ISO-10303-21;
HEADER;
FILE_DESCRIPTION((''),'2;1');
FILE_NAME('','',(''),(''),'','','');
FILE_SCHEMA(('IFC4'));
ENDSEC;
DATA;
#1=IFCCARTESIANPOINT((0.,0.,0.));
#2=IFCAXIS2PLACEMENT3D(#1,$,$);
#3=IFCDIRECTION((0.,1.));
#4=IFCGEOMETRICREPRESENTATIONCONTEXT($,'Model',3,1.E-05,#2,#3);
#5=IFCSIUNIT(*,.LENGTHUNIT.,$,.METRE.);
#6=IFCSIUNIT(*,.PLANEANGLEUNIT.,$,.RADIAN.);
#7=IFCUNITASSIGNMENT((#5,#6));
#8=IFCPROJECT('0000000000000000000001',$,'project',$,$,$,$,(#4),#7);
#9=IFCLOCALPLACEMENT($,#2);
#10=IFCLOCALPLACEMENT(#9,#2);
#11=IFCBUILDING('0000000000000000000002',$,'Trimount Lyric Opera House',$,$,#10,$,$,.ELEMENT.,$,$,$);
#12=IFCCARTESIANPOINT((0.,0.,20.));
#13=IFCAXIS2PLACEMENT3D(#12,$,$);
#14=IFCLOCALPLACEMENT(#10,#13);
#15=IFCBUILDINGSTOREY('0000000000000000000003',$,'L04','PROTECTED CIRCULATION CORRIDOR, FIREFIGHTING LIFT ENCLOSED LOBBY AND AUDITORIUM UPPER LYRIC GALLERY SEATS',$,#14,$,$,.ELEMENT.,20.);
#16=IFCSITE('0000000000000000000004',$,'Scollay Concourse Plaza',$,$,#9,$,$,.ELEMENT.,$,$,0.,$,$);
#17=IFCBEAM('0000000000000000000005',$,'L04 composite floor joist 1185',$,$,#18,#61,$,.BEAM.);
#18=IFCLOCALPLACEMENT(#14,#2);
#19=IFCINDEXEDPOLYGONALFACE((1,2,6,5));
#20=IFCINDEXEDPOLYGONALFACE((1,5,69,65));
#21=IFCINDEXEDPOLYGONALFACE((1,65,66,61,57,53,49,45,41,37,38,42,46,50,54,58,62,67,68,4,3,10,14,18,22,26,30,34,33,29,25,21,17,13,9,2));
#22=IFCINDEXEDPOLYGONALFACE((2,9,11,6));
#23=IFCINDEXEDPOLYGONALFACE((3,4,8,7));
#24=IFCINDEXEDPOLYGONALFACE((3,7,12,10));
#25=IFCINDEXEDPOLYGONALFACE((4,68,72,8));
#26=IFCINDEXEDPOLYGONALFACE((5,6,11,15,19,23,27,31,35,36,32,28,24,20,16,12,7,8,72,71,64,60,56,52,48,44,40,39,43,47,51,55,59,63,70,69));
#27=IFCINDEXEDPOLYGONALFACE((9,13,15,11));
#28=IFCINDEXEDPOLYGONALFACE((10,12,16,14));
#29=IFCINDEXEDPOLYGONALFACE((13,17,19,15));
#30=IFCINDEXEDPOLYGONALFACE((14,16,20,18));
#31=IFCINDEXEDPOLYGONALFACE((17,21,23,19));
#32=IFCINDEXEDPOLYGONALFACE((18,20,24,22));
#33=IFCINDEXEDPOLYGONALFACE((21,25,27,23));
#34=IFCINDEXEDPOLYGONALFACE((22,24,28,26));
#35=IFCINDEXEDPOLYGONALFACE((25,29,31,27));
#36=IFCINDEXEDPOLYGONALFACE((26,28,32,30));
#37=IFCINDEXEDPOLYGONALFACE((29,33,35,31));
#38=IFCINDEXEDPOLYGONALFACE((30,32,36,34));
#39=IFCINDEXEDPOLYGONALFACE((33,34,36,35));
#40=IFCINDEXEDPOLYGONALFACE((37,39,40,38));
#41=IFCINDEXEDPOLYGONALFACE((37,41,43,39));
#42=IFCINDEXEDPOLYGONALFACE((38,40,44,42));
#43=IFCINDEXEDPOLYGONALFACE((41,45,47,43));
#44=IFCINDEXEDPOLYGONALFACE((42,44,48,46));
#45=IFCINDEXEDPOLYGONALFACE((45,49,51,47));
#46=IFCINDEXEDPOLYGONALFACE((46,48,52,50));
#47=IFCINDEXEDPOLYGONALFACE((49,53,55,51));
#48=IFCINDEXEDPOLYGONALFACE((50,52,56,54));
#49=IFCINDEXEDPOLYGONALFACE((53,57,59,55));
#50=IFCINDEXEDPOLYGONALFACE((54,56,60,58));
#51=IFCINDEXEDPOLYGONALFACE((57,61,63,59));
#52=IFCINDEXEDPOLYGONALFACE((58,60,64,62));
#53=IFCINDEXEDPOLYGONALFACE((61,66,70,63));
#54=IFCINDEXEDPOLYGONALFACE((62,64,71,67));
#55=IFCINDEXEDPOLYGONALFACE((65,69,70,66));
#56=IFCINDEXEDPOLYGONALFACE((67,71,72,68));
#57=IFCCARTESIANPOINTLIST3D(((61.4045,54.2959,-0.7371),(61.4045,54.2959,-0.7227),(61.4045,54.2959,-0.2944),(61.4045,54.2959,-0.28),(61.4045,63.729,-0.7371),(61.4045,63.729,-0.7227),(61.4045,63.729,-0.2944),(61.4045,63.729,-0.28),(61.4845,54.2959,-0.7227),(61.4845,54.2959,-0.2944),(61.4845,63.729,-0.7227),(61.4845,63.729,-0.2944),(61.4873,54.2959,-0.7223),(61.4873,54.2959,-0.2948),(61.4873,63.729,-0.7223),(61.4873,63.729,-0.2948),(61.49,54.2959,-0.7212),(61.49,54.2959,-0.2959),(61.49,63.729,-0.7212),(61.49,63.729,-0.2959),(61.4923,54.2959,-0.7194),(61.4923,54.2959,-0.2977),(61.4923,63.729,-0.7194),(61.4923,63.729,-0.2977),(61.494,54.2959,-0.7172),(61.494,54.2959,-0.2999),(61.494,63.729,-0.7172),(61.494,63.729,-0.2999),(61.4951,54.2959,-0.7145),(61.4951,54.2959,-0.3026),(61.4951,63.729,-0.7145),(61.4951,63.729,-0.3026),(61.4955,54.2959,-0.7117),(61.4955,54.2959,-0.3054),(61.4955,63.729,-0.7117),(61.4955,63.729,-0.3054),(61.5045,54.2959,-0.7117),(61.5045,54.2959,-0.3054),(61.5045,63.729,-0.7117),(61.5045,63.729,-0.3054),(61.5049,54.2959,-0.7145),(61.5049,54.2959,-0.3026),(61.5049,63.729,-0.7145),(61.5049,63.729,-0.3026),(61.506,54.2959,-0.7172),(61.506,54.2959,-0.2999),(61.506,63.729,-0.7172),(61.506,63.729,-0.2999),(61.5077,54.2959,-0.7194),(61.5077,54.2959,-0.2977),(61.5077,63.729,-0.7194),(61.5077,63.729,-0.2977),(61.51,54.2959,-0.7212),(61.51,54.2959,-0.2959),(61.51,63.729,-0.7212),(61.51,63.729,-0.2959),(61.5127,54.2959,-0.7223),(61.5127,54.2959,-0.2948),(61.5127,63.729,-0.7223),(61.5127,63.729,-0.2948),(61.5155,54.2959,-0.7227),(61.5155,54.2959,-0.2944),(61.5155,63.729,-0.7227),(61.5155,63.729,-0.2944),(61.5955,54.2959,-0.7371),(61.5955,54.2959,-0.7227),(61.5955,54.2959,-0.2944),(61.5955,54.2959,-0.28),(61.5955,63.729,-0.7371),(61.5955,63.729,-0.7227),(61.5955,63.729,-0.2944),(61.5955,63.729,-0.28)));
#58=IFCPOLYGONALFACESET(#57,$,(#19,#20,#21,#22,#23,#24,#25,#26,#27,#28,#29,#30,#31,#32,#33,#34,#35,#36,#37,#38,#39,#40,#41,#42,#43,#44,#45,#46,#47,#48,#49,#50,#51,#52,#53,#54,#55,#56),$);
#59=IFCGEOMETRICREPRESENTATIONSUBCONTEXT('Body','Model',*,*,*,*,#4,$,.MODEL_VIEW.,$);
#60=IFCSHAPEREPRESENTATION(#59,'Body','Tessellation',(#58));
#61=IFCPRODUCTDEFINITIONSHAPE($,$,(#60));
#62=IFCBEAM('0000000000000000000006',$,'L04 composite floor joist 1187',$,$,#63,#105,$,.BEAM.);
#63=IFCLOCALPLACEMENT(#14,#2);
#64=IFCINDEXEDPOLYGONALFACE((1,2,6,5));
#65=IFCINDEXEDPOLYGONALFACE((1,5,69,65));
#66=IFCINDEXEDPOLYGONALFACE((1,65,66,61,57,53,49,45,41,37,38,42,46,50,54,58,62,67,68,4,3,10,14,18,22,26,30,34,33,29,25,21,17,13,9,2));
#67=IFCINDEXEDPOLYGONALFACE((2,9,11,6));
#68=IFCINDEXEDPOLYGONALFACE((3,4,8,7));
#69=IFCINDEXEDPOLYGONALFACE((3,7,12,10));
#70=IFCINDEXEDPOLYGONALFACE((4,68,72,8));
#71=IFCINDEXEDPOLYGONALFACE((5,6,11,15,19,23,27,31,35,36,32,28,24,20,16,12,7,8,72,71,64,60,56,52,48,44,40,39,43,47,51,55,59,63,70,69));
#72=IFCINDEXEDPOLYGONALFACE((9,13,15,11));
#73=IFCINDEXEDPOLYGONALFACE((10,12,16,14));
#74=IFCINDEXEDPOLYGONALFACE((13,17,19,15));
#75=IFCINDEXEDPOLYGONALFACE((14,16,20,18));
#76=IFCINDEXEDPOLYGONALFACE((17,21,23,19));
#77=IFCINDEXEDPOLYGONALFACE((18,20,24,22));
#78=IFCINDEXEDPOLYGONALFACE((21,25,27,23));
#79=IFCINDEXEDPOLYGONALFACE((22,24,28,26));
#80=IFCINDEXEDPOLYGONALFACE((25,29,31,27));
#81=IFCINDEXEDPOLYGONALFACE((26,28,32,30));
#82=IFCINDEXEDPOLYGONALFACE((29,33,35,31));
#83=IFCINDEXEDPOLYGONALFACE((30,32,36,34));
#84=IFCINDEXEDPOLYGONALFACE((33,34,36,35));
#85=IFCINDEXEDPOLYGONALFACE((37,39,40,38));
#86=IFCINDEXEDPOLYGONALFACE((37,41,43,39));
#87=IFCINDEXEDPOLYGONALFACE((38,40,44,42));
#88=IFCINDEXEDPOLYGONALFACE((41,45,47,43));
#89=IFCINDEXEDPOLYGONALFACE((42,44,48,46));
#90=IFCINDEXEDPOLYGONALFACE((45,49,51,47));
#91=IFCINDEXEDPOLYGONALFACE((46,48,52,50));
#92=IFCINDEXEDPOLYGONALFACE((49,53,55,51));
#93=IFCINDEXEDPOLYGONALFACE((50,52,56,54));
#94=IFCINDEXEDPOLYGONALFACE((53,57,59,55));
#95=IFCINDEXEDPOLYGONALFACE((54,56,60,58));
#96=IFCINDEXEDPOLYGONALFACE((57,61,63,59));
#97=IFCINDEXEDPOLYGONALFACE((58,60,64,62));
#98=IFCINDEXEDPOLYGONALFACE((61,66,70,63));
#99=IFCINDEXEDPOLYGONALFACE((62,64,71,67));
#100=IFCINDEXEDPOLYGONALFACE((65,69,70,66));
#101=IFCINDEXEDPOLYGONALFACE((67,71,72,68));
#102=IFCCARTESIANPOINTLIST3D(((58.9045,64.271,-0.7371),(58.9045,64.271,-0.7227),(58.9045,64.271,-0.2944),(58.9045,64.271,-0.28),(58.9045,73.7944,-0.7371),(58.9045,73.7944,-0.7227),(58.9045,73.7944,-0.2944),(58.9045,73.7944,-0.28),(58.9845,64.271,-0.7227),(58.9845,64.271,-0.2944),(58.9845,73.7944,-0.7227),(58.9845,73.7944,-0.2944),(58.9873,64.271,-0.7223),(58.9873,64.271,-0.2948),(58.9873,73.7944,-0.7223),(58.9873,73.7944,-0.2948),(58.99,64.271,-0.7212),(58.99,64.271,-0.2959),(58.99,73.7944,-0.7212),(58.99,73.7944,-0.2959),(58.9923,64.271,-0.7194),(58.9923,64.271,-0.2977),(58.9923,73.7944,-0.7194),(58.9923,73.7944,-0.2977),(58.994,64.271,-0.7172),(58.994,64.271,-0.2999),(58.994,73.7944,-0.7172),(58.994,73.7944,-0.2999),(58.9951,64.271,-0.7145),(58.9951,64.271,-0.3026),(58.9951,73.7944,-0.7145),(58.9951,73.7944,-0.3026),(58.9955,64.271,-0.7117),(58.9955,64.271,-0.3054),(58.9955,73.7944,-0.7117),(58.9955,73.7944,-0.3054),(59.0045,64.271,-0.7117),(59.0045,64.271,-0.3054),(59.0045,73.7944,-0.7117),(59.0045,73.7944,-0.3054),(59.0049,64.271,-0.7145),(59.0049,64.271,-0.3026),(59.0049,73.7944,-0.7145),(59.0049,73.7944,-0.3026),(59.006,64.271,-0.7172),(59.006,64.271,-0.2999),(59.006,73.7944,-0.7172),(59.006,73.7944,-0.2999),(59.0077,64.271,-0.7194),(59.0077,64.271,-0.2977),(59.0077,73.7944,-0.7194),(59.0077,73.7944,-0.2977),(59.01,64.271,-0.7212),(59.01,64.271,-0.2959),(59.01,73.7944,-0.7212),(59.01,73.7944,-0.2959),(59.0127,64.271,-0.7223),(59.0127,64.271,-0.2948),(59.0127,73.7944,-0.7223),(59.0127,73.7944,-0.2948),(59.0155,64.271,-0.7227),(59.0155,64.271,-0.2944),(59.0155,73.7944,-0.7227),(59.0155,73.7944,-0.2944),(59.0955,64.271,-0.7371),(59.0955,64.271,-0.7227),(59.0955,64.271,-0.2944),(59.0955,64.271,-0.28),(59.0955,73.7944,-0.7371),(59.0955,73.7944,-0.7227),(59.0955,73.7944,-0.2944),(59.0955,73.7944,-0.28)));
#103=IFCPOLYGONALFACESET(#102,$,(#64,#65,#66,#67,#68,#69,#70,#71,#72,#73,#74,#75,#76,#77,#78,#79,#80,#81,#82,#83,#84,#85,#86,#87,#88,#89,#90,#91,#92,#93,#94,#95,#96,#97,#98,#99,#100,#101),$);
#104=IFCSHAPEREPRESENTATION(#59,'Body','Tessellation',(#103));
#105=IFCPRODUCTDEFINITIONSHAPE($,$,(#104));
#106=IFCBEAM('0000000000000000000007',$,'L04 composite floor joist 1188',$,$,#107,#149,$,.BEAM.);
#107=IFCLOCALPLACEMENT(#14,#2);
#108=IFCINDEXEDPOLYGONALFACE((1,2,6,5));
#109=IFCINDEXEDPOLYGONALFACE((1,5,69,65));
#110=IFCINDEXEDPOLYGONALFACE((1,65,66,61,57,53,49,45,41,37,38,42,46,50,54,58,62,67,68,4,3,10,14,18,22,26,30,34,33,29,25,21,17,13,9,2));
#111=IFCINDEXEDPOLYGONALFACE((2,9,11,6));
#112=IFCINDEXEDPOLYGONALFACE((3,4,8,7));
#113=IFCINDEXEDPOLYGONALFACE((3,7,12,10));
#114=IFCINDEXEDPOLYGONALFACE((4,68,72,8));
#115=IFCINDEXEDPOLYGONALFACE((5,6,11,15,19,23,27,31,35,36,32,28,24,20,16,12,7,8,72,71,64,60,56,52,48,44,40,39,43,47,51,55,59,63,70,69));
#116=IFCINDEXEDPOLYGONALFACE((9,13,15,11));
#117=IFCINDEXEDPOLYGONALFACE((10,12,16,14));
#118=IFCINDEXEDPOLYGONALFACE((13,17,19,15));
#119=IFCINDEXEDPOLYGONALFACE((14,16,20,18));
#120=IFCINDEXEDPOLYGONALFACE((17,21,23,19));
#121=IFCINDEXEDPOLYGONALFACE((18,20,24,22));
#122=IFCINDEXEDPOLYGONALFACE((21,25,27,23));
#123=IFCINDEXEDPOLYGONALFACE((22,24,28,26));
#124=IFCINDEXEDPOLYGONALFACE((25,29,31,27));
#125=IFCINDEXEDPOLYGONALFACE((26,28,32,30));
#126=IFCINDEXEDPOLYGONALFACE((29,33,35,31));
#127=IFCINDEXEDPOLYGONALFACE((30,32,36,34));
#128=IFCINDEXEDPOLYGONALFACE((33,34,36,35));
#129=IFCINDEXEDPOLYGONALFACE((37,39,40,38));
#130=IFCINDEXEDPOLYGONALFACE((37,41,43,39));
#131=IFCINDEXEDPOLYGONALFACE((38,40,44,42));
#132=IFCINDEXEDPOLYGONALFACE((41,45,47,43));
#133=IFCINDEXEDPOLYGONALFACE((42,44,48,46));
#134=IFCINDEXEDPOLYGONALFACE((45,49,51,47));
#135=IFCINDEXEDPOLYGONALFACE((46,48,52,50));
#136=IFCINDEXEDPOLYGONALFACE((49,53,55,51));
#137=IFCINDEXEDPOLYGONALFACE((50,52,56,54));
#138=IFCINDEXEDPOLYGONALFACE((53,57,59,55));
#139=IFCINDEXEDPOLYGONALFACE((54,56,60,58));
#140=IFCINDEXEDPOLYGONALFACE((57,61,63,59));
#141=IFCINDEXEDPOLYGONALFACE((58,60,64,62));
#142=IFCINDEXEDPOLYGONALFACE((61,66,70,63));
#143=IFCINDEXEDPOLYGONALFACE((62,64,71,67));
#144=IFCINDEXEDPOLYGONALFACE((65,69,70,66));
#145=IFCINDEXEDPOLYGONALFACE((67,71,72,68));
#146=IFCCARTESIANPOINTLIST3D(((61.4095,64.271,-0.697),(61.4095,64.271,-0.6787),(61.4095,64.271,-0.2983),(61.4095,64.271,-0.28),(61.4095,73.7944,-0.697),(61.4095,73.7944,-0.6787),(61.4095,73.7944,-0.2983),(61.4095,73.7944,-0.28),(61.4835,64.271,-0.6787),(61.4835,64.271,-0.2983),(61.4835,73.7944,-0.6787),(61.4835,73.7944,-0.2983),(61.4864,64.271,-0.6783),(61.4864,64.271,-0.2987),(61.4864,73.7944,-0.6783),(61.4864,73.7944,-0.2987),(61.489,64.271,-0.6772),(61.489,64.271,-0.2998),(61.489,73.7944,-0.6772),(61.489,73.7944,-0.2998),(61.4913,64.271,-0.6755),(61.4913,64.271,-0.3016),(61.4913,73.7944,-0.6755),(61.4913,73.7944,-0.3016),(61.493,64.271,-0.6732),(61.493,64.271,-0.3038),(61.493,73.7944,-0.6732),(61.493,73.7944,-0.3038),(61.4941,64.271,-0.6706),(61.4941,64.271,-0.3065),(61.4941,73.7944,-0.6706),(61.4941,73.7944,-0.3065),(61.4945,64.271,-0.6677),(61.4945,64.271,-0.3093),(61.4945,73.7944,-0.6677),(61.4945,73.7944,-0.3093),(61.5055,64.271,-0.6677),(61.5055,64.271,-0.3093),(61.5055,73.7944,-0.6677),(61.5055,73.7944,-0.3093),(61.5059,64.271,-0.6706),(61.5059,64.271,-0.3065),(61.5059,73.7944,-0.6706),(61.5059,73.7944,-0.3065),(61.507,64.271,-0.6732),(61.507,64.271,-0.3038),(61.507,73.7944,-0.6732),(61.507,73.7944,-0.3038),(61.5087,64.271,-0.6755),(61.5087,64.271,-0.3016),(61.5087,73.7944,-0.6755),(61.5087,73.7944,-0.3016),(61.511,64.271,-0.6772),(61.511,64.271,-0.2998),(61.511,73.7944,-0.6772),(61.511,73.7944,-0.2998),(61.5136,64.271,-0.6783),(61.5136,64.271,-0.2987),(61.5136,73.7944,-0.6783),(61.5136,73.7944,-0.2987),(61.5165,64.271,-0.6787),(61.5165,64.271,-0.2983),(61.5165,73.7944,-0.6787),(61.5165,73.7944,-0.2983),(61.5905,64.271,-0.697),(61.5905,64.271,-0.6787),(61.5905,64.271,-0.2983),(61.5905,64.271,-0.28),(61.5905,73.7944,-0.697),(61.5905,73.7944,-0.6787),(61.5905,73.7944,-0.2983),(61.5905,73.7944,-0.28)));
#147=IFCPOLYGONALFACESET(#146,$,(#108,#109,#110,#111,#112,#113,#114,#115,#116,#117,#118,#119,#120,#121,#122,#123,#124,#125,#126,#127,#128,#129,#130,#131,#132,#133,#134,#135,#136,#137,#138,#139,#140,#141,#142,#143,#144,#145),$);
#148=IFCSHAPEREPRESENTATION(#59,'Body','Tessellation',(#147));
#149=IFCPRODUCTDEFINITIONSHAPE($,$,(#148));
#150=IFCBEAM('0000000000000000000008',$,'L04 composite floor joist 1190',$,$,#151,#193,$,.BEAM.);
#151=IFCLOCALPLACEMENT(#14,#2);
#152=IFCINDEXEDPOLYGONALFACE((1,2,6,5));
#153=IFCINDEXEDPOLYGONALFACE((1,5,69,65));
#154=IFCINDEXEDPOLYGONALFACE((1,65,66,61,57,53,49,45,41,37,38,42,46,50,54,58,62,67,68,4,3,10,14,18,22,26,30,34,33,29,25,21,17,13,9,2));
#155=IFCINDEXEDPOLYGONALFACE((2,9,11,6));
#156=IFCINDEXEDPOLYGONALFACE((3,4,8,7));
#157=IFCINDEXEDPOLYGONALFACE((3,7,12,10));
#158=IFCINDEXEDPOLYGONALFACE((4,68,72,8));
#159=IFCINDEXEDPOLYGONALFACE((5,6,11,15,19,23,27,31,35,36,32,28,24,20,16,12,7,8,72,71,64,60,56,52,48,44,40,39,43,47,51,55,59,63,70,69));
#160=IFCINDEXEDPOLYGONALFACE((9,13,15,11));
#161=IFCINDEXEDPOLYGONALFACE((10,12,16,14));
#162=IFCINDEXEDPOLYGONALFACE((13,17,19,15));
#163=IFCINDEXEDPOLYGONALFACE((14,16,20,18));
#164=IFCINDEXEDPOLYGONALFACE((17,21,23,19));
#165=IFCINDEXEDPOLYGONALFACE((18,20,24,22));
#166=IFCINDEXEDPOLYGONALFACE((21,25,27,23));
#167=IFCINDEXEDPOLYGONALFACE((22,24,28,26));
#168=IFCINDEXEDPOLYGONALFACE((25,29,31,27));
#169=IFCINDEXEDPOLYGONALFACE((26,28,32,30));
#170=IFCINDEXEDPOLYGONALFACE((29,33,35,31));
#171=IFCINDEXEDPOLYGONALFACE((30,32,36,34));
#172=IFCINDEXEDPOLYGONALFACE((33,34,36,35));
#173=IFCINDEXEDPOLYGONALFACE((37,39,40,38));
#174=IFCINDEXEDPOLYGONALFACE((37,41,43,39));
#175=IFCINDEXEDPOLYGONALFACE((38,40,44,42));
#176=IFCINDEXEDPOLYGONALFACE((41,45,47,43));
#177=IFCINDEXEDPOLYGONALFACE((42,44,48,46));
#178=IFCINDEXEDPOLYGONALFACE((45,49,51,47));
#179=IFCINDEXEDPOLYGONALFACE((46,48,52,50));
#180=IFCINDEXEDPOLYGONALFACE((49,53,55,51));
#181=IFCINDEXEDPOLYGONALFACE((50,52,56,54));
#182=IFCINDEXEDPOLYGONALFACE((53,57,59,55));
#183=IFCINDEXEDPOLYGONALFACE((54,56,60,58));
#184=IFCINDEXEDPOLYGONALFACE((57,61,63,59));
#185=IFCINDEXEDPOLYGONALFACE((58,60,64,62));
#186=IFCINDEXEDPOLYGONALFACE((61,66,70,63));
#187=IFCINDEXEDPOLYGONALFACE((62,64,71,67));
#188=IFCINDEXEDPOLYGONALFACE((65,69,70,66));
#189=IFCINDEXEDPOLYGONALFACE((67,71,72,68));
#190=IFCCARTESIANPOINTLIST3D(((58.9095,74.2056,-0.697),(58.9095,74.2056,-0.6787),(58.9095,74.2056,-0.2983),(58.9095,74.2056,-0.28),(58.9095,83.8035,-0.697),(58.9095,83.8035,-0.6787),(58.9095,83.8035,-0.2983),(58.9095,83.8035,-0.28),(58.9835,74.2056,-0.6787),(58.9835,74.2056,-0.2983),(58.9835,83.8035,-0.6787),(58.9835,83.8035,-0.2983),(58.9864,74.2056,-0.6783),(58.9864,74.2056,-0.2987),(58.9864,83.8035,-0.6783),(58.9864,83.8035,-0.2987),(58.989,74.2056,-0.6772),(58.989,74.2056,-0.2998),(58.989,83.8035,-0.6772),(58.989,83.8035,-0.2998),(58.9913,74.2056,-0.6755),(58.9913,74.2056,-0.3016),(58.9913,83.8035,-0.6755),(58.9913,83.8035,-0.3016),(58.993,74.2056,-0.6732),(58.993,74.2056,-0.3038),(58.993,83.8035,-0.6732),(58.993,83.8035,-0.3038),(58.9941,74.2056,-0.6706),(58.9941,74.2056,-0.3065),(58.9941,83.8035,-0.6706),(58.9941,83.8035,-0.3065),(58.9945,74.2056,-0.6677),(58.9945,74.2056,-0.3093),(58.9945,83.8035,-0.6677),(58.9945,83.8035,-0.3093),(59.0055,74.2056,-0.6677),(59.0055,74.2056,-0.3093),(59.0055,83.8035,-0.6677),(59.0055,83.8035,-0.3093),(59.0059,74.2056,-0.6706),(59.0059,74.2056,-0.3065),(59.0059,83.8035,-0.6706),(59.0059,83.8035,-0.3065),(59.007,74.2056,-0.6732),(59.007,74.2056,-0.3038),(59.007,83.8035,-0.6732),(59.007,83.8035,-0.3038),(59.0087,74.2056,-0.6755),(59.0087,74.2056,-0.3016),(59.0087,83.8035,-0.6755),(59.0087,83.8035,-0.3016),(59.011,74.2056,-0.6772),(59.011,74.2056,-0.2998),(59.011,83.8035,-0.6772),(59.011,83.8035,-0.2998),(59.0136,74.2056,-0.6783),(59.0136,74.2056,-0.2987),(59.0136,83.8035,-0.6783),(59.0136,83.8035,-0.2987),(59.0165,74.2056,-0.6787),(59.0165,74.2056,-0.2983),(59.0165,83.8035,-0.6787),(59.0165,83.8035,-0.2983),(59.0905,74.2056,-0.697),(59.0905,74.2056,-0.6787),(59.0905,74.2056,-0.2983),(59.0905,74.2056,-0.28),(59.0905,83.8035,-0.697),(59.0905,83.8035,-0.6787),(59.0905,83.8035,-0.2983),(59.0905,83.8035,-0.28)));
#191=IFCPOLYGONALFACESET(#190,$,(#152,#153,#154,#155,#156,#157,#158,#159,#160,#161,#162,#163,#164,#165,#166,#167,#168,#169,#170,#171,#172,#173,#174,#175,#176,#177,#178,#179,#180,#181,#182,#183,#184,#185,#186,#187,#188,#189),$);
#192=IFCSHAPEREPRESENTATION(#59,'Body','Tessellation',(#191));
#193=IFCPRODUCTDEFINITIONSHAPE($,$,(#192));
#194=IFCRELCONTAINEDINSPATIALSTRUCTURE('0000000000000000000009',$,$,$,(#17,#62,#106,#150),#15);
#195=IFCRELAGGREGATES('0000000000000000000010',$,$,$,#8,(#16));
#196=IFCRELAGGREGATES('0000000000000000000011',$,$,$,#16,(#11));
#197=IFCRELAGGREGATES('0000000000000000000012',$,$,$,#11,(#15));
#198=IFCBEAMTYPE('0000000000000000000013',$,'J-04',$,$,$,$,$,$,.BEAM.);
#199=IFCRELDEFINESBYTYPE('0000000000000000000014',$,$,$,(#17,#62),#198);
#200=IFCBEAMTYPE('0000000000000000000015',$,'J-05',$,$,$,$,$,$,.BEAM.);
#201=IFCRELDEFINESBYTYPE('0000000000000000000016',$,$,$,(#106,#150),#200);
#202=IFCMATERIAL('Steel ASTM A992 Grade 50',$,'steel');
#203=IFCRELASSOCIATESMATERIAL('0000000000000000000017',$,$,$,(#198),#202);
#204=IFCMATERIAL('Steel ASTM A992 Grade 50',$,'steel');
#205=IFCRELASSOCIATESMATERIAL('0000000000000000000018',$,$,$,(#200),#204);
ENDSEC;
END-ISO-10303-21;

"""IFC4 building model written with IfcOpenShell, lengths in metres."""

from ifc_helpers import new_model, si_unit, direction, frame, origin, origin_2d, place, context, subcontext, project, spatial, i_section, extrude, material, material_profile, profile_set, type_object, element, save


model = new_model("IFC4")

# Units and contexts
model_context = context("Model", 3, precision=1e-05, world=origin(), true_north=direction((0.0, 1.0)))
body_context = subcontext(model_context, "Body", "Model", "MODEL_VIEW")
ifc_project = project(units=[si_unit("LENGTHUNIT", "METRE"), si_unit("PLANEANGLEUNIT", "RADIAN")], contexts=[model_context])

# Site, building, storey
site_placement = place(None, origin())
site = spatial("IfcSite", under=ifc_project, at=site_placement, Name="Scollay Concourse Plaza", CompositionType="ELEMENT", RefElevation=0.0)
building_placement = place(site_placement, origin())
building = spatial("IfcBuilding", under=site, at=building_placement, Name="Trimount Lyric Opera House", CompositionType="ELEMENT")
storey_placement = place(building_placement, frame((0.0, 0.0, 20.0)))
storey = spatial("IfcBuildingStorey", under=building, at=storey_placement, Name="L04", Description="PROTECTED CIRCULATION CORRIDOR, FIREFIGHTING LIFT ENCLOSED LOBBY AND AUDITORIUM UPPER LYRIC GALLERY SEATS", CompositionType="ELEMENT", Elevation=20.0)

# Beams
ifc_material_1 = material(Name="Steel ASTM A992 Grade 50", Category="steel")
ifc_material_profile_1 = material_profile(ifc_material_1, i_section(OverallWidth=0.1909, OverallDepth=0.457, WebThickness=0.009, FlangeThickness=0.0144, FilletRadius=0.011, at=origin_2d()), Name="W18X50")
ifc_profile_set_1 = profile_set([ifc_material_profile_1], Name="Steel ASTM A992 Grade 50")
beam_type_1 = type_object("IfcBeamType", Name="J-04", PredefinedType="BEAM", material=ifc_profile_set_1)
beam_1_placement = place(storey_placement, frame((61.5, 54.2959, -0.5085), z_axis=(0.0, 1.0, 0.0), x_axis=(-1.0, 0.0, 0.0)))
element("IfcBeam", 1, at=beam_1_placement, inside=storey, type_object=beam_type_1, Name="L04 composite floor joist 1185", PredefinedType="BEAM", context=body_context, shape_type="SweptSolid", body=[
    extrude(i_section(OverallWidth=0.1909, OverallDepth=0.457, WebThickness=0.009, FlangeThickness=0.0144, FilletRadius=0.011, at=origin_2d()), origin(), (0.0, 0.0, 1.0), 9.4331),
])
beam_2_placement = place(storey_placement, frame((59.0, 64.271, -0.5085), z_axis=(0.0, 1.0, 0.0), x_axis=(-1.0, 0.0, 0.0)))
element("IfcBeam", 2, at=beam_2_placement, inside=storey, type_object=beam_type_1, Name="L04 composite floor joist 1187", PredefinedType="BEAM", context=body_context, shape_type="SweptSolid", body=[
    extrude(i_section(OverallWidth=0.1909, OverallDepth=0.457, WebThickness=0.009, FlangeThickness=0.0144, FilletRadius=0.011, at=origin_2d()), origin(), (0.0, 0.0, 1.0), 9.5234),
])
ifc_material_2 = material(Name="Steel ASTM A992 Grade 50", Category="steel")
ifc_material_profile_2 = material_profile(ifc_material_2, i_section(OverallWidth=0.1809, OverallDepth=0.417, WebThickness=0.011, FlangeThickness=0.0183, FilletRadius=0.011, at=origin_2d()), Name="W16X57")
ifc_profile_set_2 = profile_set([ifc_material_profile_2], Name="Steel ASTM A992 Grade 50")
beam_type_2 = type_object("IfcBeamType", Name="J-05", PredefinedType="BEAM", material=ifc_profile_set_2)
beam_3_placement = place(storey_placement, frame((61.5, 64.271, -0.4885), z_axis=(0.0, 1.0, 0.0), x_axis=(-1.0, 0.0, 0.0)))
element("IfcBeam", 3, at=beam_3_placement, inside=storey, type_object=beam_type_2, Name="L04 composite floor joist 1188", PredefinedType="BEAM", context=body_context, shape_type="SweptSolid", body=[
    extrude(i_section(OverallWidth=0.1809, OverallDepth=0.417, WebThickness=0.011, FlangeThickness=0.0183, FilletRadius=0.011, at=origin_2d()), origin(), (0.0, 0.0, 1.0), 9.5234),
])
beam_4_placement = place(storey_placement, frame((59.0, 74.2056, -0.4885), z_axis=(0.0, 1.0, 0.0), x_axis=(-1.0, 0.0, 0.0)))
element("IfcBeam", 4, at=beam_4_placement, inside=storey, type_object=beam_type_2, Name="L04 composite floor joist 1190", PredefinedType="BEAM", context=body_context, shape_type="SweptSolid", body=[
    extrude(i_section(OverallWidth=0.1809, OverallDepth=0.417, WebThickness=0.011, FlangeThickness=0.0183, FilletRadius=0.011, at=origin_2d()), origin(), (0.0, 0.0, 1.0), 9.5979),
])

save(model, "model.ifc")
